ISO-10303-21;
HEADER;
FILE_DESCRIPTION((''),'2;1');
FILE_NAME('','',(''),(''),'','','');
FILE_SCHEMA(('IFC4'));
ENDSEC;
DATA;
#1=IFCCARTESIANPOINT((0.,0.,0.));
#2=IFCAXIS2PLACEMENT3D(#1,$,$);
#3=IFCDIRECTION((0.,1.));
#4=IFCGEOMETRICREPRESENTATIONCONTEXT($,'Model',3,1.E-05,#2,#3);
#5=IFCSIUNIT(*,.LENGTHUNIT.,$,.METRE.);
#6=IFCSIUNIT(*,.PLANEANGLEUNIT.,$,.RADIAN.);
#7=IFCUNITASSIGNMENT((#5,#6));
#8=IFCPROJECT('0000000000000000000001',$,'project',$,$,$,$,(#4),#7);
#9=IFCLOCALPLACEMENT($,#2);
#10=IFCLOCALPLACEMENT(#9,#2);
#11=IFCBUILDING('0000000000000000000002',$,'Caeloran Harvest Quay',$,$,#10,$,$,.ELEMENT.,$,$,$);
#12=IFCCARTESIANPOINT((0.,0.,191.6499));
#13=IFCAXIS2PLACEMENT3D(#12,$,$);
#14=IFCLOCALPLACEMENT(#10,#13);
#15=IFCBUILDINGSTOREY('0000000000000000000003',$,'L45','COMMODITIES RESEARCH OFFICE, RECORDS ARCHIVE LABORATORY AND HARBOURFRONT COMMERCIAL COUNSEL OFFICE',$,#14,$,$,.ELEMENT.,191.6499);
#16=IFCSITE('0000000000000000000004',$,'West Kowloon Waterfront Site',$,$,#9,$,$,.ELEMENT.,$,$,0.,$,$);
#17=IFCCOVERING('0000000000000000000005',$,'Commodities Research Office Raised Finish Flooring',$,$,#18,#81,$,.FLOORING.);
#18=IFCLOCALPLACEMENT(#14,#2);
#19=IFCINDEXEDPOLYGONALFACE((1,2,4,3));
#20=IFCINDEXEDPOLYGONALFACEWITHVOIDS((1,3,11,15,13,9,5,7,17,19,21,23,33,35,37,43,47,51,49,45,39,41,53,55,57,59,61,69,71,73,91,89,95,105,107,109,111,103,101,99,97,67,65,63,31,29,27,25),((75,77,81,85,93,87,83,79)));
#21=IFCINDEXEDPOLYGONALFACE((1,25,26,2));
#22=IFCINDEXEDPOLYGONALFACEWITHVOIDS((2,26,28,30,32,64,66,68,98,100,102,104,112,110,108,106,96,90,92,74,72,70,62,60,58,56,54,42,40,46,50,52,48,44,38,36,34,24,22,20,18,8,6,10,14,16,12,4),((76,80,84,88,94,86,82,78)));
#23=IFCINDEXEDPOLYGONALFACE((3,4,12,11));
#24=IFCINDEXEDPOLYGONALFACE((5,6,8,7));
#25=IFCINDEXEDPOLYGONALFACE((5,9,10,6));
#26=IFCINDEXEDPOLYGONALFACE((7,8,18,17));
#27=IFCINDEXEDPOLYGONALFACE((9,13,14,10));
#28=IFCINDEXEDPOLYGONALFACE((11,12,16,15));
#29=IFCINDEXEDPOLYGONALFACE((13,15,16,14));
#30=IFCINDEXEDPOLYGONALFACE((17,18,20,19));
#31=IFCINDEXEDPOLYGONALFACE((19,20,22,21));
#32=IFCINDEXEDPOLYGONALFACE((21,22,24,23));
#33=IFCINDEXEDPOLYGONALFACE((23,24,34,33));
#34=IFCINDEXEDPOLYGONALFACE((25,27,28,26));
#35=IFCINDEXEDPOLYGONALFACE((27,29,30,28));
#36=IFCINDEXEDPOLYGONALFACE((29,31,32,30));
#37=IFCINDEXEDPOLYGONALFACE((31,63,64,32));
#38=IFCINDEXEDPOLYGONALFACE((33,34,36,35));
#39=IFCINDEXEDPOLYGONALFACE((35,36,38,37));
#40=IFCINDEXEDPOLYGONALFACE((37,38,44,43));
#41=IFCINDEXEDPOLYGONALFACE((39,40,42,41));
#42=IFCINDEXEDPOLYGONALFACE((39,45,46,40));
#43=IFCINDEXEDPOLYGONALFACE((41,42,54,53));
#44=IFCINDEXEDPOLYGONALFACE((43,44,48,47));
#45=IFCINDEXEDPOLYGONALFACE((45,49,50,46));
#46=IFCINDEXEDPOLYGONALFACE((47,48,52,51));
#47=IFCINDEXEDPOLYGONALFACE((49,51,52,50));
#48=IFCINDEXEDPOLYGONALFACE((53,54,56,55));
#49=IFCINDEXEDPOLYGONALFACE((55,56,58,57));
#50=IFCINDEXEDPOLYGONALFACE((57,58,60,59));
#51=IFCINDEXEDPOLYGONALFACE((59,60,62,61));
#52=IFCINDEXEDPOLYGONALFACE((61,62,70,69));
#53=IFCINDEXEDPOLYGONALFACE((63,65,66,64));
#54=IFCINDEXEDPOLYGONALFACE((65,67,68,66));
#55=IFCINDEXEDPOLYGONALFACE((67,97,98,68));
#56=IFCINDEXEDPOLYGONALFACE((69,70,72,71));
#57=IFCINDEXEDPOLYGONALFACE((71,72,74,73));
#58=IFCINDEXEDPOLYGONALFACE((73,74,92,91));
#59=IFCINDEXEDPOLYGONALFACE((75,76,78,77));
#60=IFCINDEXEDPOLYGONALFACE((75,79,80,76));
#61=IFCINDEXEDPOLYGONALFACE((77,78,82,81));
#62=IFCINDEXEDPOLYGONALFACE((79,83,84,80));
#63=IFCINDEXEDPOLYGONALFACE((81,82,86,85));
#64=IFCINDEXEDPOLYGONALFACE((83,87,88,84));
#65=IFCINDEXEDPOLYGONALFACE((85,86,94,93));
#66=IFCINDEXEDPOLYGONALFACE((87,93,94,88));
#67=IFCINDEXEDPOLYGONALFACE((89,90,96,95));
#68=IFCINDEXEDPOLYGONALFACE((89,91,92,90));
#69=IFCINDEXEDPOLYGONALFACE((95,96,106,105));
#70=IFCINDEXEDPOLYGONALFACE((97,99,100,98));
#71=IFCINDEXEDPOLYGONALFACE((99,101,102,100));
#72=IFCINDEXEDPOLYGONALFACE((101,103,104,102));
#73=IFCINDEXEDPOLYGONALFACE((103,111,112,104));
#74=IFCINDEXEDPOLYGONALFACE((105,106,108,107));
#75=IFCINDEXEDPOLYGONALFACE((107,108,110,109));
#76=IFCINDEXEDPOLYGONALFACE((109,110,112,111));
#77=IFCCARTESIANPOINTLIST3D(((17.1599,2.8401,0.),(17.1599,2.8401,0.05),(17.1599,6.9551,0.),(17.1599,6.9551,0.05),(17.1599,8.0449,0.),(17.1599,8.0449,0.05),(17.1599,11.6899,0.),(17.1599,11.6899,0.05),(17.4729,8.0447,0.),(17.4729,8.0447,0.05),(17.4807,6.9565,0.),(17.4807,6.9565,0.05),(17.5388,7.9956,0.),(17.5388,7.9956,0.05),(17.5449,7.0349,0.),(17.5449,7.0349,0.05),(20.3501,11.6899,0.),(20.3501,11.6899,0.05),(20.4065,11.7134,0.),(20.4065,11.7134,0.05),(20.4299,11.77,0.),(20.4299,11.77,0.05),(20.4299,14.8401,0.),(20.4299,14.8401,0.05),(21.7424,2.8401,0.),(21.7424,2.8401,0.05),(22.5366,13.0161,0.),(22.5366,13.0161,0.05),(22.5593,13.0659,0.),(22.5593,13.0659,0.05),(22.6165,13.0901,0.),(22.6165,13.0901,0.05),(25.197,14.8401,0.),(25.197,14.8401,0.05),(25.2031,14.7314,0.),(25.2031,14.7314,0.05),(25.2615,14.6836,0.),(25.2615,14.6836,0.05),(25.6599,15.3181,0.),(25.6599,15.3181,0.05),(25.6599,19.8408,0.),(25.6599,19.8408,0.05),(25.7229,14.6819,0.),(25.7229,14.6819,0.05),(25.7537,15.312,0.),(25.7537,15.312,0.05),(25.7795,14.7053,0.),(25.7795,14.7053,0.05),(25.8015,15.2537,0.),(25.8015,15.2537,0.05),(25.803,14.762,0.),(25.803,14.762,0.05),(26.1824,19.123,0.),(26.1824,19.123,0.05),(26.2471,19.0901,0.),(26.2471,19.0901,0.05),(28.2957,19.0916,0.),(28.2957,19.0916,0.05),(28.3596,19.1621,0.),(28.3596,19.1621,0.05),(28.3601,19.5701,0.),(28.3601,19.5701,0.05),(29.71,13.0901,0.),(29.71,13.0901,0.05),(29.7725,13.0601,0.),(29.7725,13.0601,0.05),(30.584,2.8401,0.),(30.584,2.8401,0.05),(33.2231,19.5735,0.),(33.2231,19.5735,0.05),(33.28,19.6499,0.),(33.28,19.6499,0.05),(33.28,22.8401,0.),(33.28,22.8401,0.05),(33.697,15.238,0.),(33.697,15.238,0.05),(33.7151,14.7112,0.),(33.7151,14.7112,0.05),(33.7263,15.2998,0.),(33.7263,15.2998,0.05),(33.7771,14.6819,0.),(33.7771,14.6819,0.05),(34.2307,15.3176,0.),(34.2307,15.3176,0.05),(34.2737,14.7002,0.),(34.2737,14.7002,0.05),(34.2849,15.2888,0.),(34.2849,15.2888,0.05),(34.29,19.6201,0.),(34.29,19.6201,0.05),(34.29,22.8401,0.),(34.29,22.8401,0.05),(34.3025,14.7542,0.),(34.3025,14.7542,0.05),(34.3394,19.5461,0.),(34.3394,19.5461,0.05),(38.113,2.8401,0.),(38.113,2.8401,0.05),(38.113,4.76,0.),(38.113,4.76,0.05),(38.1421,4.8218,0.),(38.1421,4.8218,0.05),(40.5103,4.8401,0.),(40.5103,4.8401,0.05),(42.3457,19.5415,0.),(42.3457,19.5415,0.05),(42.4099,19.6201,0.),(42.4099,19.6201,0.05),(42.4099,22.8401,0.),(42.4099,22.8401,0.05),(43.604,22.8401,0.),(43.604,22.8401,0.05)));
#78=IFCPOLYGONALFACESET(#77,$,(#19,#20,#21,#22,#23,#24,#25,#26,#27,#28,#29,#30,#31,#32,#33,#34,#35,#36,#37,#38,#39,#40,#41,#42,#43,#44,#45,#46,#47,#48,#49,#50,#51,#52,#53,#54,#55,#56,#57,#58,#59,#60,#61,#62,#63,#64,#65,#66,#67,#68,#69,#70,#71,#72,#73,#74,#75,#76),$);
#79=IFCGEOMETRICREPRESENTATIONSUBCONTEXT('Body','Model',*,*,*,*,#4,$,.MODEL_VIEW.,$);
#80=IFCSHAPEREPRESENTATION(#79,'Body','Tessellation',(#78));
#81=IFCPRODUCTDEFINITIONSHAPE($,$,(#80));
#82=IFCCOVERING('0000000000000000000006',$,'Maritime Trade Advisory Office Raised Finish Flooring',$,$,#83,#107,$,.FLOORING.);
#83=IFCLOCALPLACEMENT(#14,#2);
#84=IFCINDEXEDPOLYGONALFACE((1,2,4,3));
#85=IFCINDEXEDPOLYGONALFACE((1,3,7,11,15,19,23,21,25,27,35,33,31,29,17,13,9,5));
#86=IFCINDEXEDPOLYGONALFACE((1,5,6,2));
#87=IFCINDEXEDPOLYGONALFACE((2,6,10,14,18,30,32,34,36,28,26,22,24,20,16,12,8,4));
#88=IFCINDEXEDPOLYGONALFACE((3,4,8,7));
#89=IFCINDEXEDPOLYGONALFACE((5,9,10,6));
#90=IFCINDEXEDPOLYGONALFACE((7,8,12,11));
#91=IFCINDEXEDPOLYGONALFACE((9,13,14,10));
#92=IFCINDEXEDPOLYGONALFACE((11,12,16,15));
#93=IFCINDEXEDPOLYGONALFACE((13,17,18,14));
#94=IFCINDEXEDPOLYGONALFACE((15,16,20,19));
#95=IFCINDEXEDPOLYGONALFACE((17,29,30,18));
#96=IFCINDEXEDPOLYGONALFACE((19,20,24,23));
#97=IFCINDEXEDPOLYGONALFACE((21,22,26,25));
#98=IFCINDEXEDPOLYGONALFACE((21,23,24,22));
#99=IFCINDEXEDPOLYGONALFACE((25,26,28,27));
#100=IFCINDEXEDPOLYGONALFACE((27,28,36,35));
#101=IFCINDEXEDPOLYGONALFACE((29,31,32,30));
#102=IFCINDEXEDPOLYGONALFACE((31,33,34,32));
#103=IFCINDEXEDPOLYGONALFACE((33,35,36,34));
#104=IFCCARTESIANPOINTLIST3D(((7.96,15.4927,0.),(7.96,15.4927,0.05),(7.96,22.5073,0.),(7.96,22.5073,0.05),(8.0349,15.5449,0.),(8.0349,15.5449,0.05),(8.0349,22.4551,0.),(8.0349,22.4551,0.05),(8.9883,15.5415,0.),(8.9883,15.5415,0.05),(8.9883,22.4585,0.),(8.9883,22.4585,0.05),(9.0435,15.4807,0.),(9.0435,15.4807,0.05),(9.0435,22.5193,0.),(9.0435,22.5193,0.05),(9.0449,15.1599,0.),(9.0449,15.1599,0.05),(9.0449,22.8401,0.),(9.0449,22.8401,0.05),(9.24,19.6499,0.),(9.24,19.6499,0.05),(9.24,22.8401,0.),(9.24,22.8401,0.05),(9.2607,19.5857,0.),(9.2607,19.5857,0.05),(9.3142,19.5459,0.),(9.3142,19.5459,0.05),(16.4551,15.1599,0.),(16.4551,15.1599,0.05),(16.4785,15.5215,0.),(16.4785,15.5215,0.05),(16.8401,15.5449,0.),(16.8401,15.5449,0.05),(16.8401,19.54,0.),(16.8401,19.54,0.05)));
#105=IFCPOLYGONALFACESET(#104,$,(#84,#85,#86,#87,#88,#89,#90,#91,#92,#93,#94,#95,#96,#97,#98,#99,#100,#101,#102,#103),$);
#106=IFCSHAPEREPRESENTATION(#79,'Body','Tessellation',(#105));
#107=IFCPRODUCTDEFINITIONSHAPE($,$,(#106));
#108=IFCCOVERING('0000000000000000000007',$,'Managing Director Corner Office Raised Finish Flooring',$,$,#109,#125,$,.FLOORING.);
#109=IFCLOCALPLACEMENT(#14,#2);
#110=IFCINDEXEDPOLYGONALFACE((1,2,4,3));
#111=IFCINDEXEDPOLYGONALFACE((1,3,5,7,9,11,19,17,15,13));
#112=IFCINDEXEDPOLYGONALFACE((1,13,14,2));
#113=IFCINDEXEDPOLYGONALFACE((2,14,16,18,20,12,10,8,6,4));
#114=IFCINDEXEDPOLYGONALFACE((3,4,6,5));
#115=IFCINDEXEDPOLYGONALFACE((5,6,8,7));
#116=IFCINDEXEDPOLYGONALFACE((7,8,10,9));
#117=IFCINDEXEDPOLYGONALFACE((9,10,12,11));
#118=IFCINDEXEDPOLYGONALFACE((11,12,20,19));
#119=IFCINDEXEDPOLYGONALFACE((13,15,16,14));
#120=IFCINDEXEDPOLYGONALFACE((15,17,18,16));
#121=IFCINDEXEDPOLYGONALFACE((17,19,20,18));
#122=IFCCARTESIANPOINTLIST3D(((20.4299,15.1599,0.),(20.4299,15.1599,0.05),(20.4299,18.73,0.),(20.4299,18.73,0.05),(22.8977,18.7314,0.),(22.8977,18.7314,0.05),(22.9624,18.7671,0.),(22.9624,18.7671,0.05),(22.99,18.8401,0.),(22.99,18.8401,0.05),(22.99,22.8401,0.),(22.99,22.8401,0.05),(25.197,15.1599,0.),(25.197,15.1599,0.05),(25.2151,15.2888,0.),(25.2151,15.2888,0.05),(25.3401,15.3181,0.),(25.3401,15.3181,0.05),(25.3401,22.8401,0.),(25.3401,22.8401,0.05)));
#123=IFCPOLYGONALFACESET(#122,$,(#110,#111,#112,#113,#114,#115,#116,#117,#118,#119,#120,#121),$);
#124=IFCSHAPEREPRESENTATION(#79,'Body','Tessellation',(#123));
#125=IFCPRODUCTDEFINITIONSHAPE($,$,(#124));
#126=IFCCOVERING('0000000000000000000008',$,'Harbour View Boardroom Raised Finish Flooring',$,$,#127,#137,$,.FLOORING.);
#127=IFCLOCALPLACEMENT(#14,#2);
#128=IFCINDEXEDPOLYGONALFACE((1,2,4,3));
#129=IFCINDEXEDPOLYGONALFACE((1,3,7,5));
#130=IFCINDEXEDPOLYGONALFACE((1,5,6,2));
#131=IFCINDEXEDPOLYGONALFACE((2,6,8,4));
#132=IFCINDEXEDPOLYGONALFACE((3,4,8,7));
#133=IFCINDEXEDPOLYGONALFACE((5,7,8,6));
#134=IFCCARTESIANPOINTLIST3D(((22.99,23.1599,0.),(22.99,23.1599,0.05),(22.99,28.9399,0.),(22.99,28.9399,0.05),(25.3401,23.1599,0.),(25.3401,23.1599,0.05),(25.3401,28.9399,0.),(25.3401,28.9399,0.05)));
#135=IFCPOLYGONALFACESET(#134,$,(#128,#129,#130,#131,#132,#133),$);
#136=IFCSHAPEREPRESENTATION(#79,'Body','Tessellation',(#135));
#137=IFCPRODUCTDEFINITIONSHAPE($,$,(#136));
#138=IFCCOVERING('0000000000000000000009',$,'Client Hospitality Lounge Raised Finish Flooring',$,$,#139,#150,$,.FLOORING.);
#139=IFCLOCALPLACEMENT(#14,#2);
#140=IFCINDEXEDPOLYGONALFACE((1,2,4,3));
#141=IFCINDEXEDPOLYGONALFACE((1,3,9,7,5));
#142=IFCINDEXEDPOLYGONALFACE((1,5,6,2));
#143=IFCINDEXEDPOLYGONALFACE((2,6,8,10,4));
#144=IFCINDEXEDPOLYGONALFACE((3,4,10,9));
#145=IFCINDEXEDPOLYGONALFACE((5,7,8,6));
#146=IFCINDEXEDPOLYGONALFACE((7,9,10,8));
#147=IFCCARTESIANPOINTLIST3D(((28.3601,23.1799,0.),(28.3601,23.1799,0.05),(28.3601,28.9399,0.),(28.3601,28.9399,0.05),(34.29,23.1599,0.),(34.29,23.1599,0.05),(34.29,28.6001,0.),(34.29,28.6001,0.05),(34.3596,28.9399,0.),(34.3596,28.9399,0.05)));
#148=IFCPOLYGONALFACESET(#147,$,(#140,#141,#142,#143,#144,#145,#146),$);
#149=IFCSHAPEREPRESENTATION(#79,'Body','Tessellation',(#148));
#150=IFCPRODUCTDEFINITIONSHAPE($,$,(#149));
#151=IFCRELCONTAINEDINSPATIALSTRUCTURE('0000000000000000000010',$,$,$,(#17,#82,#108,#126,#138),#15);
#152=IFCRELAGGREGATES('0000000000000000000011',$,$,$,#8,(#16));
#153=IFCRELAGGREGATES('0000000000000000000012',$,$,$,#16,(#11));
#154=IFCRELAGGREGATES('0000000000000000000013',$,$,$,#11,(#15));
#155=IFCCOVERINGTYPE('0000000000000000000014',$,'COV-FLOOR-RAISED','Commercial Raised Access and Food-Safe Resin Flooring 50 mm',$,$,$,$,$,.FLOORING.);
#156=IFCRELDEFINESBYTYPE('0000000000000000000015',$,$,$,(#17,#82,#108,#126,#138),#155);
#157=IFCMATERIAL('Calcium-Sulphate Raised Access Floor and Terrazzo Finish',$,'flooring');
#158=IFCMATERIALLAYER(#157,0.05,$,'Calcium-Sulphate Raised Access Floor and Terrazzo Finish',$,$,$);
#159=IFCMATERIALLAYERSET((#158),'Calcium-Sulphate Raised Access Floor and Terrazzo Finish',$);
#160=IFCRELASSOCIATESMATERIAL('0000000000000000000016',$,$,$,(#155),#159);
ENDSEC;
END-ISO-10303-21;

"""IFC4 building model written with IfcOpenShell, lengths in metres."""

from ifc_helpers import new_model, si_unit, direction, frame, origin, place, context, subcontext, project, spatial, polyline, outline, extrude, material, layer, layer_set, type_object, element, save


model = new_model("IFC4")

# Units and contexts
model_context = context("Model", 3, precision=1e-05, world=origin(), true_north=direction((0.0, 1.0)))
body_context = subcontext(model_context, "Body", "Model", "MODEL_VIEW")
ifc_project = project(units=[si_unit("LENGTHUNIT", "METRE"), si_unit("PLANEANGLEUNIT", "RADIAN")], contexts=[model_context])

# Site, building, storey
site_placement = place(None, origin())
site = spatial("IfcSite", under=ifc_project, at=site_placement, Name="West Kowloon Waterfront Site", CompositionType="ELEMENT", RefElevation=0.0)
building_placement = place(site_placement, origin())
building = spatial("IfcBuilding", under=site, at=building_placement, Name="Caeloran Harvest Quay", CompositionType="ELEMENT")
storey_placement = place(building_placement, frame((0.0, 0.0, 191.6499)))
storey = spatial("IfcBuildingStorey", under=building, at=storey_placement, Name="L45", Description="COMMODITIES RESEARCH OFFICE, RECORDS ARCHIVE LABORATORY AND HARBOURFRONT COMMERCIAL COUNSEL OFFICE", CompositionType="ELEMENT", Elevation=191.6499)

# Coverings
ifc_material_1 = material(Name="Calcium-Sulphate Raised Access Floor and Terrazzo Finish", Category="flooring")
ifc_layer_1 = layer(ifc_material_1, 0.05, Name="Calcium-Sulphate Raised Access Floor and Terrazzo Finish")
ifc_layer_set_1 = layer_set([ifc_layer_1], Name="Calcium-Sulphate Raised Access Floor and Terrazzo Finish")
covering_type_1 = type_object("IfcCoveringType", Name="COV-FLOOR-RAISED", Description="Commercial Raised Access and Food-Safe Resin Flooring 50 mm", PredefinedType="FLOORING", material=ifc_layer_set_1)
covering_1_placement = place(storey_placement, origin())
element("IfcCovering", 1, at=covering_1_placement, inside=storey, type_object=covering_type_1, Name="Commodities Research Office Raised Finish Flooring", PredefinedType="FLOORING", context=body_context, shape_type="SweptSolid", body=[
    extrude(outline(polyline([(22.6165, 13.0901), (22.5593, 13.0659), (22.5366, 13.0161), (21.7424, 2.8401), (17.1599, 2.8401), (17.1599, 6.9551), (17.4807, 6.9565), (17.5449, 7.0349), (17.5388, 7.9956), (17.4729, 8.0447), (17.1599, 8.0449), (17.1599, 11.6899), (20.3501, 11.6899), (20.4065, 11.7134), (20.4299, 11.77), (20.4299, 14.8401), (25.197, 14.8401), (25.2031, 14.7314), (25.2615, 14.6836), (25.7229, 14.6819), (25.7795, 14.7053), (25.803, 14.762), (25.8015, 15.2537), (25.7537, 15.312), (25.6599, 15.3181), (25.6599, 19.8408), (26.1824, 19.123), (26.2471, 19.0901), (28.2957, 19.0916), (28.3596, 19.1621), (28.3601, 19.5701), (33.2231, 19.5735), (33.28, 19.6499), (33.28, 22.8401), (34.29, 22.8401), (34.29, 19.6201), (34.3394, 19.5461), (42.3457, 19.5415), (42.4099, 19.6201), (42.4099, 22.8401), (43.604, 22.8401), (40.5103, 4.8401), (38.1421, 4.8218), (38.113, 4.76), (38.113, 2.8401), (30.584, 2.8401), (29.7725, 13.0601), (29.71, 13.0901), (22.6165, 13.0901)]), holes=[polyline([(34.3025, 14.7542), (34.2849, 15.2888), (34.2307, 15.3176), (33.7263, 15.2998), (33.697, 15.238), (33.7151, 14.7112), (33.7771, 14.6819), (34.2737, 14.7002), (34.3025, 14.7542)])]), origin(), (0.0, 0.0, 1.0), 0.05),
])
covering_2_placement = place(storey_placement, origin())
element("IfcCovering", 2, at=covering_2_placement, inside=storey, type_object=covering_type_1, Name="Maritime Trade Advisory Office Raised Finish Flooring", PredefinedType="FLOORING", context=body_context, shape_type="SweptSolid", body=[
    extrude(outline(polyline([(7.96, 15.4927), (7.96, 22.5073), (8.0349, 22.4551), (8.9883, 22.4585), (9.0435, 22.5193), (9.0449, 22.8401), (9.24, 22.8401), (9.24, 19.6499), (9.2607, 19.5857), (9.3142, 19.5459), (16.8401, 19.54), (16.8401, 15.5449), (16.4785, 15.5215), (16.4551, 15.1599), (9.0449, 15.1599), (9.0435, 15.4807), (8.9883, 15.5415), (8.0349, 15.5449), (7.96, 15.4927)])), origin(), (0.0, 0.0, 1.0), 0.05),
])
covering_3_placement = place(storey_placement, origin())
element("IfcCovering", 3, at=covering_3_placement, inside=storey, type_object=covering_type_1, Name="Managing Director Corner Office Raised Finish Flooring", PredefinedType="FLOORING", context=body_context, shape_type="SweptSolid", body=[
    extrude(outline(polyline([(22.8977, 18.7314), (22.9624, 18.7671), (22.99, 18.8401), (22.99, 22.8401), (25.3401, 22.8401), (25.3401, 15.3181), (25.2151, 15.2888), (25.197, 15.1599), (20.4299, 15.1599), (20.4299, 18.73), (22.8977, 18.7314)])), origin(), (0.0, 0.0, 1.0), 0.05),
])
covering_4_placement = place(storey_placement, origin())
element("IfcCovering", 4, at=covering_4_placement, inside=storey, type_object=covering_type_1, Name="Harbour View Boardroom Raised Finish Flooring", PredefinedType="FLOORING", context=body_context, shape_type="SweptSolid", body=[
    extrude(outline(polyline([(22.99, 23.1599), (22.99, 28.9399), (25.3401, 28.9399), (25.3401, 23.1599), (22.99, 23.1599)])), origin(), (0.0, 0.0, 1.0), 0.05),
])
covering_5_placement = place(storey_placement, origin())
element("IfcCovering", 5, at=covering_5_placement, inside=storey, type_object=covering_type_1, Name="Client Hospitality Lounge Raised Finish Flooring", PredefinedType="FLOORING", context=body_context, shape_type="SweptSolid", body=[
    extrude(outline(polyline([(34.29, 23.1599), (28.3601, 23.1799), (28.3601, 28.9399), (34.3596, 28.9399), (34.29, 28.6001), (34.29, 23.1599)])), origin(), (0.0, 0.0, 1.0), 0.05),
])

save(model, "model.ifc")
